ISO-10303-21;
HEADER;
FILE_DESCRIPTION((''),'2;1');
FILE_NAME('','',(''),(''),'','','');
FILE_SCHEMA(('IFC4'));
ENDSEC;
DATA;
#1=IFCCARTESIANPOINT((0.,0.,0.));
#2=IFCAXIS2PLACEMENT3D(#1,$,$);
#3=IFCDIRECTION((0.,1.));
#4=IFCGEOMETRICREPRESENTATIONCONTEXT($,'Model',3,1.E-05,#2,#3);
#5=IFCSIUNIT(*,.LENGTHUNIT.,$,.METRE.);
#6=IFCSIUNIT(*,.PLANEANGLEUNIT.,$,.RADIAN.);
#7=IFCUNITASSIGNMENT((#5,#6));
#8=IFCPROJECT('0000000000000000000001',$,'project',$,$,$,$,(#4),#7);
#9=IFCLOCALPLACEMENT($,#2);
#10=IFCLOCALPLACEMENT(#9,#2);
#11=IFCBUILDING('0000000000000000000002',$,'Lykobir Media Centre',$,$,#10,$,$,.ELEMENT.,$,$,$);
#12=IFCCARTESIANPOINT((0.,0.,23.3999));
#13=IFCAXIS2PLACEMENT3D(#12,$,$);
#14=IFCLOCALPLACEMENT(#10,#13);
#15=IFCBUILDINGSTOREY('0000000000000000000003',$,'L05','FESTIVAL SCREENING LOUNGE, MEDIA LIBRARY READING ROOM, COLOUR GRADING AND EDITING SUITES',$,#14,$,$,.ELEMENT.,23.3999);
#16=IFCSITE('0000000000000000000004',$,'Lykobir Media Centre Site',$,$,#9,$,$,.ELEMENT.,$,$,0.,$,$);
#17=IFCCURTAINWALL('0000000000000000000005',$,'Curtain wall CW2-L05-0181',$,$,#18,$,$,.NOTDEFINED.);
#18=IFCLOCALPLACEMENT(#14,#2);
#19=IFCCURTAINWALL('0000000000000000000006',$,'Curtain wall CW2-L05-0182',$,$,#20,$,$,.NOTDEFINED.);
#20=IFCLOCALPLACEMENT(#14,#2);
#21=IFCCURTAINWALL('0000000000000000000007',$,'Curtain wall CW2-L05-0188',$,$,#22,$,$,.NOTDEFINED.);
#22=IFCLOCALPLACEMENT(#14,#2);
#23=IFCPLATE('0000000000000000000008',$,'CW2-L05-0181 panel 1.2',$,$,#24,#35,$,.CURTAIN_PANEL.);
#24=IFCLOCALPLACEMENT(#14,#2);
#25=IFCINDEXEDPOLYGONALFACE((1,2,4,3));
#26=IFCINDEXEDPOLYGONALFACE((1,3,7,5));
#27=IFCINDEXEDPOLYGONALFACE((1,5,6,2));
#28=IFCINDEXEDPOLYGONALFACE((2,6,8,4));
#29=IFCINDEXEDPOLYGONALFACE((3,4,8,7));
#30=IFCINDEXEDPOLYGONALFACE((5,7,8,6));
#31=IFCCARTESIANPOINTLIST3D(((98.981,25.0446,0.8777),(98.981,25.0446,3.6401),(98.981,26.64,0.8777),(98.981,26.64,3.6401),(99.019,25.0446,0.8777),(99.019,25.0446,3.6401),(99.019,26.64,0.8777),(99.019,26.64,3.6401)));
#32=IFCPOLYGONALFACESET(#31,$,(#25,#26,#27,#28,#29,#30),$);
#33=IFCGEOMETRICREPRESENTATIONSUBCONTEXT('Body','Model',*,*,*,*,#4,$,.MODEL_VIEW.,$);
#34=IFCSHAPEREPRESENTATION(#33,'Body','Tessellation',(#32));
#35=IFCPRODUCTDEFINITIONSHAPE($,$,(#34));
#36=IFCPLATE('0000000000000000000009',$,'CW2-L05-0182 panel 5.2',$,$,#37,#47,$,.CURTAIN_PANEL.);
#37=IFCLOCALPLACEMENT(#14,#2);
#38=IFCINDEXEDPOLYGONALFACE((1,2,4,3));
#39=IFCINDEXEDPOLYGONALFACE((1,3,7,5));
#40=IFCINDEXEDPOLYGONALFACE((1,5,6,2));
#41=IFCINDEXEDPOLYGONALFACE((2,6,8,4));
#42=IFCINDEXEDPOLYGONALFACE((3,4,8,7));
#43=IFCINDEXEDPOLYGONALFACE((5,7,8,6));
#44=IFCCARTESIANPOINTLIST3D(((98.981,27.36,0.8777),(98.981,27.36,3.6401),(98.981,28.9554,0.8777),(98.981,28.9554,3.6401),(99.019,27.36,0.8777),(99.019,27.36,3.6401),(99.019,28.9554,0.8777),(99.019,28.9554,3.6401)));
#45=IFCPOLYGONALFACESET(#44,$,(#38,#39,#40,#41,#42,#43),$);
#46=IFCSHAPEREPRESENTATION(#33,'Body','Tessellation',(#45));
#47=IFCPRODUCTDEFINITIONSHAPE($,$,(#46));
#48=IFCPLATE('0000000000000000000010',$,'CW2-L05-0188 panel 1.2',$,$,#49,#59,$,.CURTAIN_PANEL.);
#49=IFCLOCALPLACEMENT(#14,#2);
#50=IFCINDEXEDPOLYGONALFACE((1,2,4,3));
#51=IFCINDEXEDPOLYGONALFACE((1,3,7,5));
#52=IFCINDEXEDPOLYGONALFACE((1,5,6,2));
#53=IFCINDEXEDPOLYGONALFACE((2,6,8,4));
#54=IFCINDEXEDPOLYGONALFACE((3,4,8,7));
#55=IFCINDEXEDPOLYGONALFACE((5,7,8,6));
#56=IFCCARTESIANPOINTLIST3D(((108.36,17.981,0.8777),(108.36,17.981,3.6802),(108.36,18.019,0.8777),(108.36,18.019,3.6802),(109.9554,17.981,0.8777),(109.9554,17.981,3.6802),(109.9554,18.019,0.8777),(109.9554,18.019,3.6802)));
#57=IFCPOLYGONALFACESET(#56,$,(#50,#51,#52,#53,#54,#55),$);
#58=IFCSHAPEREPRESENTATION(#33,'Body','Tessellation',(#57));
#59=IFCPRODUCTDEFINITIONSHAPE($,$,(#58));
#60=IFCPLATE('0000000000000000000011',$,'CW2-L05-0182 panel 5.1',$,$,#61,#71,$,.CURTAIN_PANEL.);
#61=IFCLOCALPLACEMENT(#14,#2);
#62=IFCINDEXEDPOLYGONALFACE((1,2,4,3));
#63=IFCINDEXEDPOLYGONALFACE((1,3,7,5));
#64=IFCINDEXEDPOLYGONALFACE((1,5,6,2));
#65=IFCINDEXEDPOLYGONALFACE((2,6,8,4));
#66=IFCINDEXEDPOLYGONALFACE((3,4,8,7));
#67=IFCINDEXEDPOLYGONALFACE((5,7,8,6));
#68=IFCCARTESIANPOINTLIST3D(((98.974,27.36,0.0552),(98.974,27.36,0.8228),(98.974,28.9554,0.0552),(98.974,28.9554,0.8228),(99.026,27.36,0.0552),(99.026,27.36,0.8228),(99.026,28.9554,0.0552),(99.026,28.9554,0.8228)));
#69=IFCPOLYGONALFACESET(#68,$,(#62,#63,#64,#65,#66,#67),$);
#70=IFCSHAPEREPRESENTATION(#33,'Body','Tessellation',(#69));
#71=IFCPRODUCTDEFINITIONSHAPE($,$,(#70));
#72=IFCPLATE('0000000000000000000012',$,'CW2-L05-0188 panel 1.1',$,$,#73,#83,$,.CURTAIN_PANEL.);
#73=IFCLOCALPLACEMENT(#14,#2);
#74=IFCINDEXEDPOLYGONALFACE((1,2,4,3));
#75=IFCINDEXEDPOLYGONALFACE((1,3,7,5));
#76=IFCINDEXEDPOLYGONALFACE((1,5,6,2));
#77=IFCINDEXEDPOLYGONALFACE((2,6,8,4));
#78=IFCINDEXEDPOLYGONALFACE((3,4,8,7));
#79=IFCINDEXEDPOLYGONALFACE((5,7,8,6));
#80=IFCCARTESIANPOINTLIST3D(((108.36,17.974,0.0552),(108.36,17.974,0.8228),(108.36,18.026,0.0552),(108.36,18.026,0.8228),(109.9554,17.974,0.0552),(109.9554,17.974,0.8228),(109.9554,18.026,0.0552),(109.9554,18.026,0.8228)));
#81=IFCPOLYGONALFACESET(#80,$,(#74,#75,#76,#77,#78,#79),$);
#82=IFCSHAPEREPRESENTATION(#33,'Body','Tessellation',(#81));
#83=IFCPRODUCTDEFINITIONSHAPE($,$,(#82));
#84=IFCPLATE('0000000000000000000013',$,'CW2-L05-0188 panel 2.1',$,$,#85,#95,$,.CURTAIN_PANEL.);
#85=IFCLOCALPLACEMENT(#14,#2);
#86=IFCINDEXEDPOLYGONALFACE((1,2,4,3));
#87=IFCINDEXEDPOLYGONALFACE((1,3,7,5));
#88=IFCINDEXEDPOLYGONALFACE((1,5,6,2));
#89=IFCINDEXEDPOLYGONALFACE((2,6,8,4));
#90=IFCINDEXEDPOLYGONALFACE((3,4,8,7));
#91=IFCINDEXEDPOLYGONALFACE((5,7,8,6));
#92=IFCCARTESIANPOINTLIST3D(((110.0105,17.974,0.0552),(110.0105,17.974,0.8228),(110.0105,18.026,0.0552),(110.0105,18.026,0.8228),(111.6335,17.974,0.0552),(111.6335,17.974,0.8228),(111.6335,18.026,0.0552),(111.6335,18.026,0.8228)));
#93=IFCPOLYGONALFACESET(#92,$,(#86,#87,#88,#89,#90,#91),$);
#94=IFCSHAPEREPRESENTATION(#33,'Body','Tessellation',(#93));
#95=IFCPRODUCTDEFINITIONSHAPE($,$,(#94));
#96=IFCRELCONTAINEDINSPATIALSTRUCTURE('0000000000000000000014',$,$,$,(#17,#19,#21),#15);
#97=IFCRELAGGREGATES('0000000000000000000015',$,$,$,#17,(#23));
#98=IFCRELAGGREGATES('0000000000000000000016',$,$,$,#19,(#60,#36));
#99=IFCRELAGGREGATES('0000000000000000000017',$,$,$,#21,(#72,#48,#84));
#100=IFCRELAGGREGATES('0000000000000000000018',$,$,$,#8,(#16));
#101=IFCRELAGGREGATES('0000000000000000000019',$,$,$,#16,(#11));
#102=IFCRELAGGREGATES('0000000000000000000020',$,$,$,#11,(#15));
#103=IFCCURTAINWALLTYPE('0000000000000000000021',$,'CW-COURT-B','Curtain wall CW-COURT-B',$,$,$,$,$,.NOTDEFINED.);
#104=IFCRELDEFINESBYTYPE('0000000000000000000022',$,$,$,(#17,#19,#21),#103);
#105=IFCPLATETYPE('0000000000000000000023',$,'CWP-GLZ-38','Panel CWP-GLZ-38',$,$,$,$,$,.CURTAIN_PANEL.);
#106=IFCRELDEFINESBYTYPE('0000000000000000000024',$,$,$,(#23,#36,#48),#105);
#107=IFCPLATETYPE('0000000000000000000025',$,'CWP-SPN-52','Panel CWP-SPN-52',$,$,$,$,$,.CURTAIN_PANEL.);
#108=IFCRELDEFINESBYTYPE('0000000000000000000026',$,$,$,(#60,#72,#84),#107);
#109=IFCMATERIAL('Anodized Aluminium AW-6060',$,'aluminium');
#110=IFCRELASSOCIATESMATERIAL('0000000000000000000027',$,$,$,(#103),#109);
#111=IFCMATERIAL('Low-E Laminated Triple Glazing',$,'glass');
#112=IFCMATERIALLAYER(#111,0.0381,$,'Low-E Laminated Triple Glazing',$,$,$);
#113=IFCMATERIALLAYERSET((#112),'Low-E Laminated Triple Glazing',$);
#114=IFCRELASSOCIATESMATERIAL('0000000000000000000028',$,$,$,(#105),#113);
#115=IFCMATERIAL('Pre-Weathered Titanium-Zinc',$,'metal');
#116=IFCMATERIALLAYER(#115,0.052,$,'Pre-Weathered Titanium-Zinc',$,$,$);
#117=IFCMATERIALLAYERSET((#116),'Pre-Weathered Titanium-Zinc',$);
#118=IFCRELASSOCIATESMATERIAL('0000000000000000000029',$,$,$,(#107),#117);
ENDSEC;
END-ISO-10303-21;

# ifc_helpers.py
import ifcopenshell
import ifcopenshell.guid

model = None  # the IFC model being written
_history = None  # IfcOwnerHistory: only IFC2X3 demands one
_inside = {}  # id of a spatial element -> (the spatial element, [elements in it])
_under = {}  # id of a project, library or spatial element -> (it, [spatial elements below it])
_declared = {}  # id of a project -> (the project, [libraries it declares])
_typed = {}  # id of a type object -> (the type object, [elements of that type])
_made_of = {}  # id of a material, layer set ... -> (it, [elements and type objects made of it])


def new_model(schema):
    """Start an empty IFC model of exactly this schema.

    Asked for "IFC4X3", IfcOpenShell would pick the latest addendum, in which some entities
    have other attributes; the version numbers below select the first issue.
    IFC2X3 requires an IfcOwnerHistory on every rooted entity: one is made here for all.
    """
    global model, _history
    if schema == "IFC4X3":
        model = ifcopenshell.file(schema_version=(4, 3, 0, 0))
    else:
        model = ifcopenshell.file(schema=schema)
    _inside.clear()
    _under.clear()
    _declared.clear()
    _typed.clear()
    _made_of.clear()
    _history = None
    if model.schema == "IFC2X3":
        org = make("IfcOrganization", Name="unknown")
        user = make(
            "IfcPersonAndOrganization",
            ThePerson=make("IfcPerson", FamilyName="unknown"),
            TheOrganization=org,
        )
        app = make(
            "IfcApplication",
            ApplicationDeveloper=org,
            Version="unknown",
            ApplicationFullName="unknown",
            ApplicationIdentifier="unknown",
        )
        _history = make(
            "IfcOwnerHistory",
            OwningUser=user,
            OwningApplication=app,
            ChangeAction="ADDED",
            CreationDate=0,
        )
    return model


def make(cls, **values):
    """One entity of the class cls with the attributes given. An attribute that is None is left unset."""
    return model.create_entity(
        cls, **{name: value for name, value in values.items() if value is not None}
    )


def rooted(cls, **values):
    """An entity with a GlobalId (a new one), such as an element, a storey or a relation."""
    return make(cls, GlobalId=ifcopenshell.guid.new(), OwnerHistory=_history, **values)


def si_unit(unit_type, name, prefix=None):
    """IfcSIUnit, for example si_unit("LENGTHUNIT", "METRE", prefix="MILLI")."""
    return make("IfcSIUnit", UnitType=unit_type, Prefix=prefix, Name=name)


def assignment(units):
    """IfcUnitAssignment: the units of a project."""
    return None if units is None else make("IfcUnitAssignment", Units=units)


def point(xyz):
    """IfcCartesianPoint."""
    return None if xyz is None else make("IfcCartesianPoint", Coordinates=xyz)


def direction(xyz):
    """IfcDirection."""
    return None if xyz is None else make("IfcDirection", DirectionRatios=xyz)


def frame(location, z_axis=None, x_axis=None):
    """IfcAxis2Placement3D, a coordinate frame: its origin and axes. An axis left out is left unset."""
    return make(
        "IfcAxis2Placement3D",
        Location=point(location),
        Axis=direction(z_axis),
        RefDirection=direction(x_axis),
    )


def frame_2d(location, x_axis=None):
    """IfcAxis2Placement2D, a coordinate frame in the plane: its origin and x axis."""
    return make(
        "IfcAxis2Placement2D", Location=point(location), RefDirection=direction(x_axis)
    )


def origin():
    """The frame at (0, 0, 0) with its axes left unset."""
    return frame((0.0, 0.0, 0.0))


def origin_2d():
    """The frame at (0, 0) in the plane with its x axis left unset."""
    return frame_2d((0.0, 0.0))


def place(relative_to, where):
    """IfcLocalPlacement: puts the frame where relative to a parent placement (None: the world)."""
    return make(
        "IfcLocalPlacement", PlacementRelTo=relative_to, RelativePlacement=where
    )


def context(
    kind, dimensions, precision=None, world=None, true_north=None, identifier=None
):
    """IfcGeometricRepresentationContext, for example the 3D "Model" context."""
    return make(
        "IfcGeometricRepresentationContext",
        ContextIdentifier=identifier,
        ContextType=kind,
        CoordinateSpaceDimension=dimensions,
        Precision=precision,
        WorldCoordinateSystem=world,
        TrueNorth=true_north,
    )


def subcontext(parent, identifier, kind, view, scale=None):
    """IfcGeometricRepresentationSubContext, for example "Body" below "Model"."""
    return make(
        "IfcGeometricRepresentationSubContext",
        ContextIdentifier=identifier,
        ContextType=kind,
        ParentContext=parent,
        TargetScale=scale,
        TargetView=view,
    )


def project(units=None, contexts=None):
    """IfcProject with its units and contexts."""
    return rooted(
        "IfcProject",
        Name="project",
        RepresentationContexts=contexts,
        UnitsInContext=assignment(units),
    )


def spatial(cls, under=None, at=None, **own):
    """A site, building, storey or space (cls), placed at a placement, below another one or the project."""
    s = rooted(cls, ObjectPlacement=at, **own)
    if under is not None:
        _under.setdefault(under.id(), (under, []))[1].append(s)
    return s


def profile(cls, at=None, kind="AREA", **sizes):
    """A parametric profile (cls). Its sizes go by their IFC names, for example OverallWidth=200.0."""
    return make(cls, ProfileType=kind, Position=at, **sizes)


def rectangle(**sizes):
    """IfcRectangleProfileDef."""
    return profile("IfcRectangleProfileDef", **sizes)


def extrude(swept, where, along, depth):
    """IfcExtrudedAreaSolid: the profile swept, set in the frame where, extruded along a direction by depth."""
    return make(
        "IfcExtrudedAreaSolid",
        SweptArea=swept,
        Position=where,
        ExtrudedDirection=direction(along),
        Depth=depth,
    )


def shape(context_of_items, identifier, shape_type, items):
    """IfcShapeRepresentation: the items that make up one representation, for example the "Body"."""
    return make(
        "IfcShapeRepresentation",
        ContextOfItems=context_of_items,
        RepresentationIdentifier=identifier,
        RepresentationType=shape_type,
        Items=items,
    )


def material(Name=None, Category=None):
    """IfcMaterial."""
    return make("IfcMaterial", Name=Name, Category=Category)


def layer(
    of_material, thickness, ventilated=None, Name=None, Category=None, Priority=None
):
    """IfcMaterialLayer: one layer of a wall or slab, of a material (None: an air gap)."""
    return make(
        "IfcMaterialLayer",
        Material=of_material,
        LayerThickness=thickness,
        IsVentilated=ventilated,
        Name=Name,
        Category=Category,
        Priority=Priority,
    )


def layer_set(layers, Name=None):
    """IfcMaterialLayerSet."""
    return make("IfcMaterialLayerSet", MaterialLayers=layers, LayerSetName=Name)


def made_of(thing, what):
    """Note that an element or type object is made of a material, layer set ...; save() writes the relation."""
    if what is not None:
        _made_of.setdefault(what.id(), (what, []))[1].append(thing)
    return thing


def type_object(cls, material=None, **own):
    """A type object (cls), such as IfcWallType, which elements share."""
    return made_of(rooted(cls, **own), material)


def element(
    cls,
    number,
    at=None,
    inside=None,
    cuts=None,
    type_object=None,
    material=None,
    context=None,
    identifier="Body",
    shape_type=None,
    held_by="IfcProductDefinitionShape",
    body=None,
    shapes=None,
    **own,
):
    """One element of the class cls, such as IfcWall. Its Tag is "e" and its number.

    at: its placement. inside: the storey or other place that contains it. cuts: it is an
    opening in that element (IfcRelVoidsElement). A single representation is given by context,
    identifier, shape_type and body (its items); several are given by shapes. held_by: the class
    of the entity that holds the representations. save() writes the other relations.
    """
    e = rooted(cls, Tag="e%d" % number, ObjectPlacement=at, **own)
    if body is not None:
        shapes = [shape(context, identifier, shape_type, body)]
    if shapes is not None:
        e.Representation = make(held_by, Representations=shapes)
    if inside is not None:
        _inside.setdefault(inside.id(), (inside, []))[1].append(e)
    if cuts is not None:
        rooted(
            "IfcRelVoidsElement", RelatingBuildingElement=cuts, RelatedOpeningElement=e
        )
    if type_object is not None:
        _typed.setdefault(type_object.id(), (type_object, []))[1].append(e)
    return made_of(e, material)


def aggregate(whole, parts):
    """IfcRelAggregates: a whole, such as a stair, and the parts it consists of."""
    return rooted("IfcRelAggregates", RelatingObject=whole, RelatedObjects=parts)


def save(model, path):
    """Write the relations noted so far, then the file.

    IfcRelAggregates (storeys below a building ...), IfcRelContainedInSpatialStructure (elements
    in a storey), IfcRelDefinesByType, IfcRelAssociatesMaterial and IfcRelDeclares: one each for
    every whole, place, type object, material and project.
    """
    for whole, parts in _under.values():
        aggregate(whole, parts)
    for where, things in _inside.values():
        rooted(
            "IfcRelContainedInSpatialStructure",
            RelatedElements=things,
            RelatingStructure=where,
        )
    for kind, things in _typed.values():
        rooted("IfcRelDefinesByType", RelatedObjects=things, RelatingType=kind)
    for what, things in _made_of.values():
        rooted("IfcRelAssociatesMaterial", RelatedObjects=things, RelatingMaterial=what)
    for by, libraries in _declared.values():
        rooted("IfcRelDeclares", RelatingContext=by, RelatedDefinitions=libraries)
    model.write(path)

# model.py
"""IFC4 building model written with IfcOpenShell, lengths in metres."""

from ifc_helpers import new_model, si_unit, direction, frame, origin, origin_2d, place, context, subcontext, project, spatial, rectangle, extrude, material, layer, layer_set, type_object, element, aggregate, save


model = new_model("IFC4")

# Units and contexts
model_context = context("Model", 3, precision=1e-05, world=origin(), true_north=direction((0.0, 1.0)))
body_context = subcontext(model_context, "Body", "Model", "MODEL_VIEW")
ifc_project = project(units=[si_unit("LENGTHUNIT", "METRE"), si_unit("PLANEANGLEUNIT", "RADIAN")], contexts=[model_context])

# Site, building, storey
site_placement = place(None, origin())
site = spatial("IfcSite", under=ifc_project, at=site_placement, Name="Lykobir Media Centre Site", CompositionType="ELEMENT", RefElevation=0.0)
building_placement = place(site_placement, origin())
building = spatial("IfcBuilding", under=site, at=building_placement, Name="Lykobir Media Centre", CompositionType="ELEMENT")
storey_placement = place(building_placement, frame((0.0, 0.0, 23.3999)))
storey = spatial("IfcBuildingStorey", under=building, at=storey_placement, Name="L05", Description="FESTIVAL SCREENING LOUNGE, MEDIA LIBRARY READING ROOM, COLOUR GRADING AND EDITING SUITES", CompositionType="ELEMENT", Elevation=23.3999)

# Curtain walls
ifc_material_1 = material(Name="Anodized Aluminium AW-6060", Category="aluminium")
curtain_wall_type = type_object("IfcCurtainWallType", Name="CW-COURT-B", Description="Curtain wall CW-COURT-B", PredefinedType="NOTDEFINED", material=ifc_material_1)
curtain_wall_1_placement = place(storey_placement, origin())
curtain_wall_1 = element("IfcCurtainWall", 1, at=curtain_wall_1_placement, inside=storey, type_object=curtain_wall_type, Name="Curtain wall CW2-L05-0181", PredefinedType="NOTDEFINED")
curtain_wall_2_placement = place(storey_placement, origin())
curtain_wall_2 = element("IfcCurtainWall", 2, at=curtain_wall_2_placement, inside=storey, type_object=curtain_wall_type, Name="Curtain wall CW2-L05-0182", PredefinedType="NOTDEFINED")

# Curtain wall
curtain_wall_3_placement = place(storey_placement, origin())
curtain_wall_3 = element("IfcCurtainWall", 3, at=curtain_wall_3_placement, inside=storey, type_object=curtain_wall_type, Name="Curtain wall CW2-L05-0188", PredefinedType="NOTDEFINED")

# Plates
ifc_material_2 = material(Name="Low-E Laminated Triple Glazing", Category="glass")
ifc_layer_1 = layer(ifc_material_2, 0.0381, Name="Low-E Laminated Triple Glazing")
ifc_layer_set_1 = layer_set([ifc_layer_1], Name="Low-E Laminated Triple Glazing")
plate_type_1 = type_object("IfcPlateType", Name="CWP-GLZ-38", Description="Panel CWP-GLZ-38", PredefinedType="CURTAIN_PANEL", material=ifc_layer_set_1)
plate_1_placement = place(storey_placement, frame((99.0, 25.8423, 0.8777), z_axis=(0.0, 0.0, 1.0), x_axis=(0.0, -1.0, 0.0)))
plate_1 = element("IfcPlate", 4, at=plate_1_placement, type_object=plate_type_1, Name="CW2-L05-0181 panel 1.2", PredefinedType="CURTAIN_PANEL", context=body_context, shape_type="SweptSolid", body=[
    extrude(rectangle(XDim=1.5955, YDim=0.0381, at=origin_2d()), origin(), (0.0, 0.0, 1.0), 2.7625),
])
aggregate(curtain_wall_1, [plate_1])
plate_2_placement = place(storey_placement, frame((99.0, 28.1577, 0.8777), z_axis=(0.0, 0.0, 1.0), x_axis=(0.0, -1.0, 0.0)))
plate_2 = element("IfcPlate", 5, at=plate_2_placement, type_object=plate_type_1, Name="CW2-L05-0182 panel 5.2", PredefinedType="CURTAIN_PANEL", context=body_context, shape_type="SweptSolid", body=[
    extrude(rectangle(XDim=1.5955, YDim=0.0381, at=origin_2d()), origin(), (0.0, 0.0, 1.0), 2.7625),
])
plate_3_placement = place(storey_placement, frame((109.1577, 18.0, 0.8777), z_axis=(0.0, 0.0, 1.0), x_axis=(1.0, 0.0, 0.0)))
plate_3 = element("IfcPlate", 6, at=plate_3_placement, type_object=plate_type_1, Name="CW2-L05-0188 panel 1.2", PredefinedType="CURTAIN_PANEL", context=body_context, shape_type="SweptSolid", body=[
    extrude(rectangle(XDim=1.5955, YDim=0.0381, at=origin_2d()), origin(), (0.0, 0.0, 1.0), 2.8025),
])
ifc_material_3 = material(Name="Pre-Weathered Titanium-Zinc", Category="metal")
ifc_layer_2 = layer(ifc_material_3, 0.052, Name="Pre-Weathered Titanium-Zinc")
ifc_layer_set_2 = layer_set([ifc_layer_2], Name="Pre-Weathered Titanium-Zinc")
plate_type_2 = type_object("IfcPlateType", Name="CWP-SPN-52", Description="Panel CWP-SPN-52", PredefinedType="CURTAIN_PANEL", material=ifc_layer_set_2)
plate_4_placement = place(storey_placement, frame((99.0, 28.1577, 0.0552), z_axis=(0.0, 0.0, 1.0), x_axis=(0.0, -1.0, 0.0)))
plate_4 = element("IfcPlate", 7, at=plate_4_placement, type_object=plate_type_2, Name="CW2-L05-0182 panel 5.1", PredefinedType="CURTAIN_PANEL", context=body_context, shape_type="SweptSolid", body=[
    extrude(rectangle(XDim=1.5955, YDim=0.052, at=origin_2d()), origin(), (0.0, 0.0, 1.0), 0.7676),
])
aggregate(curtain_wall_2, [plate_4, plate_2])
plate_5_placement = place(storey_placement, frame((109.1577, 18.0, 0.0552), z_axis=(0.0, 0.0, 1.0), x_axis=(1.0, 0.0, 0.0)))
plate_5 = element("IfcPlate", 8, at=plate_5_placement, type_object=plate_type_2, Name="CW2-L05-0188 panel 1.1", PredefinedType="CURTAIN_PANEL", context=body_context, shape_type="SweptSolid", body=[
    extrude(rectangle(XDim=1.5955, YDim=0.052, at=origin_2d()), origin(), (0.0, 0.0, 1.0), 0.7676),
])
plate_6_placement = place(storey_placement, frame((110.822, 18.0, 0.0552), z_axis=(0.0, 0.0, 1.0), x_axis=(1.0, 0.0, 0.0)))
plate_6 = element("IfcPlate", 9, at=plate_6_placement, type_object=plate_type_2, Name="CW2-L05-0188 panel 2.1", PredefinedType="CURTAIN_PANEL", context=body_context, shape_type="SweptSolid", body=[
    extrude(rectangle(XDim=1.623, YDim=0.052, at=origin_2d()), origin(), (0.0, 0.0, 1.0), 0.7676),
])
aggregate(curtain_wall_3, [plate_5, plate_3, plate_6])

save(model, "model.ifc")
